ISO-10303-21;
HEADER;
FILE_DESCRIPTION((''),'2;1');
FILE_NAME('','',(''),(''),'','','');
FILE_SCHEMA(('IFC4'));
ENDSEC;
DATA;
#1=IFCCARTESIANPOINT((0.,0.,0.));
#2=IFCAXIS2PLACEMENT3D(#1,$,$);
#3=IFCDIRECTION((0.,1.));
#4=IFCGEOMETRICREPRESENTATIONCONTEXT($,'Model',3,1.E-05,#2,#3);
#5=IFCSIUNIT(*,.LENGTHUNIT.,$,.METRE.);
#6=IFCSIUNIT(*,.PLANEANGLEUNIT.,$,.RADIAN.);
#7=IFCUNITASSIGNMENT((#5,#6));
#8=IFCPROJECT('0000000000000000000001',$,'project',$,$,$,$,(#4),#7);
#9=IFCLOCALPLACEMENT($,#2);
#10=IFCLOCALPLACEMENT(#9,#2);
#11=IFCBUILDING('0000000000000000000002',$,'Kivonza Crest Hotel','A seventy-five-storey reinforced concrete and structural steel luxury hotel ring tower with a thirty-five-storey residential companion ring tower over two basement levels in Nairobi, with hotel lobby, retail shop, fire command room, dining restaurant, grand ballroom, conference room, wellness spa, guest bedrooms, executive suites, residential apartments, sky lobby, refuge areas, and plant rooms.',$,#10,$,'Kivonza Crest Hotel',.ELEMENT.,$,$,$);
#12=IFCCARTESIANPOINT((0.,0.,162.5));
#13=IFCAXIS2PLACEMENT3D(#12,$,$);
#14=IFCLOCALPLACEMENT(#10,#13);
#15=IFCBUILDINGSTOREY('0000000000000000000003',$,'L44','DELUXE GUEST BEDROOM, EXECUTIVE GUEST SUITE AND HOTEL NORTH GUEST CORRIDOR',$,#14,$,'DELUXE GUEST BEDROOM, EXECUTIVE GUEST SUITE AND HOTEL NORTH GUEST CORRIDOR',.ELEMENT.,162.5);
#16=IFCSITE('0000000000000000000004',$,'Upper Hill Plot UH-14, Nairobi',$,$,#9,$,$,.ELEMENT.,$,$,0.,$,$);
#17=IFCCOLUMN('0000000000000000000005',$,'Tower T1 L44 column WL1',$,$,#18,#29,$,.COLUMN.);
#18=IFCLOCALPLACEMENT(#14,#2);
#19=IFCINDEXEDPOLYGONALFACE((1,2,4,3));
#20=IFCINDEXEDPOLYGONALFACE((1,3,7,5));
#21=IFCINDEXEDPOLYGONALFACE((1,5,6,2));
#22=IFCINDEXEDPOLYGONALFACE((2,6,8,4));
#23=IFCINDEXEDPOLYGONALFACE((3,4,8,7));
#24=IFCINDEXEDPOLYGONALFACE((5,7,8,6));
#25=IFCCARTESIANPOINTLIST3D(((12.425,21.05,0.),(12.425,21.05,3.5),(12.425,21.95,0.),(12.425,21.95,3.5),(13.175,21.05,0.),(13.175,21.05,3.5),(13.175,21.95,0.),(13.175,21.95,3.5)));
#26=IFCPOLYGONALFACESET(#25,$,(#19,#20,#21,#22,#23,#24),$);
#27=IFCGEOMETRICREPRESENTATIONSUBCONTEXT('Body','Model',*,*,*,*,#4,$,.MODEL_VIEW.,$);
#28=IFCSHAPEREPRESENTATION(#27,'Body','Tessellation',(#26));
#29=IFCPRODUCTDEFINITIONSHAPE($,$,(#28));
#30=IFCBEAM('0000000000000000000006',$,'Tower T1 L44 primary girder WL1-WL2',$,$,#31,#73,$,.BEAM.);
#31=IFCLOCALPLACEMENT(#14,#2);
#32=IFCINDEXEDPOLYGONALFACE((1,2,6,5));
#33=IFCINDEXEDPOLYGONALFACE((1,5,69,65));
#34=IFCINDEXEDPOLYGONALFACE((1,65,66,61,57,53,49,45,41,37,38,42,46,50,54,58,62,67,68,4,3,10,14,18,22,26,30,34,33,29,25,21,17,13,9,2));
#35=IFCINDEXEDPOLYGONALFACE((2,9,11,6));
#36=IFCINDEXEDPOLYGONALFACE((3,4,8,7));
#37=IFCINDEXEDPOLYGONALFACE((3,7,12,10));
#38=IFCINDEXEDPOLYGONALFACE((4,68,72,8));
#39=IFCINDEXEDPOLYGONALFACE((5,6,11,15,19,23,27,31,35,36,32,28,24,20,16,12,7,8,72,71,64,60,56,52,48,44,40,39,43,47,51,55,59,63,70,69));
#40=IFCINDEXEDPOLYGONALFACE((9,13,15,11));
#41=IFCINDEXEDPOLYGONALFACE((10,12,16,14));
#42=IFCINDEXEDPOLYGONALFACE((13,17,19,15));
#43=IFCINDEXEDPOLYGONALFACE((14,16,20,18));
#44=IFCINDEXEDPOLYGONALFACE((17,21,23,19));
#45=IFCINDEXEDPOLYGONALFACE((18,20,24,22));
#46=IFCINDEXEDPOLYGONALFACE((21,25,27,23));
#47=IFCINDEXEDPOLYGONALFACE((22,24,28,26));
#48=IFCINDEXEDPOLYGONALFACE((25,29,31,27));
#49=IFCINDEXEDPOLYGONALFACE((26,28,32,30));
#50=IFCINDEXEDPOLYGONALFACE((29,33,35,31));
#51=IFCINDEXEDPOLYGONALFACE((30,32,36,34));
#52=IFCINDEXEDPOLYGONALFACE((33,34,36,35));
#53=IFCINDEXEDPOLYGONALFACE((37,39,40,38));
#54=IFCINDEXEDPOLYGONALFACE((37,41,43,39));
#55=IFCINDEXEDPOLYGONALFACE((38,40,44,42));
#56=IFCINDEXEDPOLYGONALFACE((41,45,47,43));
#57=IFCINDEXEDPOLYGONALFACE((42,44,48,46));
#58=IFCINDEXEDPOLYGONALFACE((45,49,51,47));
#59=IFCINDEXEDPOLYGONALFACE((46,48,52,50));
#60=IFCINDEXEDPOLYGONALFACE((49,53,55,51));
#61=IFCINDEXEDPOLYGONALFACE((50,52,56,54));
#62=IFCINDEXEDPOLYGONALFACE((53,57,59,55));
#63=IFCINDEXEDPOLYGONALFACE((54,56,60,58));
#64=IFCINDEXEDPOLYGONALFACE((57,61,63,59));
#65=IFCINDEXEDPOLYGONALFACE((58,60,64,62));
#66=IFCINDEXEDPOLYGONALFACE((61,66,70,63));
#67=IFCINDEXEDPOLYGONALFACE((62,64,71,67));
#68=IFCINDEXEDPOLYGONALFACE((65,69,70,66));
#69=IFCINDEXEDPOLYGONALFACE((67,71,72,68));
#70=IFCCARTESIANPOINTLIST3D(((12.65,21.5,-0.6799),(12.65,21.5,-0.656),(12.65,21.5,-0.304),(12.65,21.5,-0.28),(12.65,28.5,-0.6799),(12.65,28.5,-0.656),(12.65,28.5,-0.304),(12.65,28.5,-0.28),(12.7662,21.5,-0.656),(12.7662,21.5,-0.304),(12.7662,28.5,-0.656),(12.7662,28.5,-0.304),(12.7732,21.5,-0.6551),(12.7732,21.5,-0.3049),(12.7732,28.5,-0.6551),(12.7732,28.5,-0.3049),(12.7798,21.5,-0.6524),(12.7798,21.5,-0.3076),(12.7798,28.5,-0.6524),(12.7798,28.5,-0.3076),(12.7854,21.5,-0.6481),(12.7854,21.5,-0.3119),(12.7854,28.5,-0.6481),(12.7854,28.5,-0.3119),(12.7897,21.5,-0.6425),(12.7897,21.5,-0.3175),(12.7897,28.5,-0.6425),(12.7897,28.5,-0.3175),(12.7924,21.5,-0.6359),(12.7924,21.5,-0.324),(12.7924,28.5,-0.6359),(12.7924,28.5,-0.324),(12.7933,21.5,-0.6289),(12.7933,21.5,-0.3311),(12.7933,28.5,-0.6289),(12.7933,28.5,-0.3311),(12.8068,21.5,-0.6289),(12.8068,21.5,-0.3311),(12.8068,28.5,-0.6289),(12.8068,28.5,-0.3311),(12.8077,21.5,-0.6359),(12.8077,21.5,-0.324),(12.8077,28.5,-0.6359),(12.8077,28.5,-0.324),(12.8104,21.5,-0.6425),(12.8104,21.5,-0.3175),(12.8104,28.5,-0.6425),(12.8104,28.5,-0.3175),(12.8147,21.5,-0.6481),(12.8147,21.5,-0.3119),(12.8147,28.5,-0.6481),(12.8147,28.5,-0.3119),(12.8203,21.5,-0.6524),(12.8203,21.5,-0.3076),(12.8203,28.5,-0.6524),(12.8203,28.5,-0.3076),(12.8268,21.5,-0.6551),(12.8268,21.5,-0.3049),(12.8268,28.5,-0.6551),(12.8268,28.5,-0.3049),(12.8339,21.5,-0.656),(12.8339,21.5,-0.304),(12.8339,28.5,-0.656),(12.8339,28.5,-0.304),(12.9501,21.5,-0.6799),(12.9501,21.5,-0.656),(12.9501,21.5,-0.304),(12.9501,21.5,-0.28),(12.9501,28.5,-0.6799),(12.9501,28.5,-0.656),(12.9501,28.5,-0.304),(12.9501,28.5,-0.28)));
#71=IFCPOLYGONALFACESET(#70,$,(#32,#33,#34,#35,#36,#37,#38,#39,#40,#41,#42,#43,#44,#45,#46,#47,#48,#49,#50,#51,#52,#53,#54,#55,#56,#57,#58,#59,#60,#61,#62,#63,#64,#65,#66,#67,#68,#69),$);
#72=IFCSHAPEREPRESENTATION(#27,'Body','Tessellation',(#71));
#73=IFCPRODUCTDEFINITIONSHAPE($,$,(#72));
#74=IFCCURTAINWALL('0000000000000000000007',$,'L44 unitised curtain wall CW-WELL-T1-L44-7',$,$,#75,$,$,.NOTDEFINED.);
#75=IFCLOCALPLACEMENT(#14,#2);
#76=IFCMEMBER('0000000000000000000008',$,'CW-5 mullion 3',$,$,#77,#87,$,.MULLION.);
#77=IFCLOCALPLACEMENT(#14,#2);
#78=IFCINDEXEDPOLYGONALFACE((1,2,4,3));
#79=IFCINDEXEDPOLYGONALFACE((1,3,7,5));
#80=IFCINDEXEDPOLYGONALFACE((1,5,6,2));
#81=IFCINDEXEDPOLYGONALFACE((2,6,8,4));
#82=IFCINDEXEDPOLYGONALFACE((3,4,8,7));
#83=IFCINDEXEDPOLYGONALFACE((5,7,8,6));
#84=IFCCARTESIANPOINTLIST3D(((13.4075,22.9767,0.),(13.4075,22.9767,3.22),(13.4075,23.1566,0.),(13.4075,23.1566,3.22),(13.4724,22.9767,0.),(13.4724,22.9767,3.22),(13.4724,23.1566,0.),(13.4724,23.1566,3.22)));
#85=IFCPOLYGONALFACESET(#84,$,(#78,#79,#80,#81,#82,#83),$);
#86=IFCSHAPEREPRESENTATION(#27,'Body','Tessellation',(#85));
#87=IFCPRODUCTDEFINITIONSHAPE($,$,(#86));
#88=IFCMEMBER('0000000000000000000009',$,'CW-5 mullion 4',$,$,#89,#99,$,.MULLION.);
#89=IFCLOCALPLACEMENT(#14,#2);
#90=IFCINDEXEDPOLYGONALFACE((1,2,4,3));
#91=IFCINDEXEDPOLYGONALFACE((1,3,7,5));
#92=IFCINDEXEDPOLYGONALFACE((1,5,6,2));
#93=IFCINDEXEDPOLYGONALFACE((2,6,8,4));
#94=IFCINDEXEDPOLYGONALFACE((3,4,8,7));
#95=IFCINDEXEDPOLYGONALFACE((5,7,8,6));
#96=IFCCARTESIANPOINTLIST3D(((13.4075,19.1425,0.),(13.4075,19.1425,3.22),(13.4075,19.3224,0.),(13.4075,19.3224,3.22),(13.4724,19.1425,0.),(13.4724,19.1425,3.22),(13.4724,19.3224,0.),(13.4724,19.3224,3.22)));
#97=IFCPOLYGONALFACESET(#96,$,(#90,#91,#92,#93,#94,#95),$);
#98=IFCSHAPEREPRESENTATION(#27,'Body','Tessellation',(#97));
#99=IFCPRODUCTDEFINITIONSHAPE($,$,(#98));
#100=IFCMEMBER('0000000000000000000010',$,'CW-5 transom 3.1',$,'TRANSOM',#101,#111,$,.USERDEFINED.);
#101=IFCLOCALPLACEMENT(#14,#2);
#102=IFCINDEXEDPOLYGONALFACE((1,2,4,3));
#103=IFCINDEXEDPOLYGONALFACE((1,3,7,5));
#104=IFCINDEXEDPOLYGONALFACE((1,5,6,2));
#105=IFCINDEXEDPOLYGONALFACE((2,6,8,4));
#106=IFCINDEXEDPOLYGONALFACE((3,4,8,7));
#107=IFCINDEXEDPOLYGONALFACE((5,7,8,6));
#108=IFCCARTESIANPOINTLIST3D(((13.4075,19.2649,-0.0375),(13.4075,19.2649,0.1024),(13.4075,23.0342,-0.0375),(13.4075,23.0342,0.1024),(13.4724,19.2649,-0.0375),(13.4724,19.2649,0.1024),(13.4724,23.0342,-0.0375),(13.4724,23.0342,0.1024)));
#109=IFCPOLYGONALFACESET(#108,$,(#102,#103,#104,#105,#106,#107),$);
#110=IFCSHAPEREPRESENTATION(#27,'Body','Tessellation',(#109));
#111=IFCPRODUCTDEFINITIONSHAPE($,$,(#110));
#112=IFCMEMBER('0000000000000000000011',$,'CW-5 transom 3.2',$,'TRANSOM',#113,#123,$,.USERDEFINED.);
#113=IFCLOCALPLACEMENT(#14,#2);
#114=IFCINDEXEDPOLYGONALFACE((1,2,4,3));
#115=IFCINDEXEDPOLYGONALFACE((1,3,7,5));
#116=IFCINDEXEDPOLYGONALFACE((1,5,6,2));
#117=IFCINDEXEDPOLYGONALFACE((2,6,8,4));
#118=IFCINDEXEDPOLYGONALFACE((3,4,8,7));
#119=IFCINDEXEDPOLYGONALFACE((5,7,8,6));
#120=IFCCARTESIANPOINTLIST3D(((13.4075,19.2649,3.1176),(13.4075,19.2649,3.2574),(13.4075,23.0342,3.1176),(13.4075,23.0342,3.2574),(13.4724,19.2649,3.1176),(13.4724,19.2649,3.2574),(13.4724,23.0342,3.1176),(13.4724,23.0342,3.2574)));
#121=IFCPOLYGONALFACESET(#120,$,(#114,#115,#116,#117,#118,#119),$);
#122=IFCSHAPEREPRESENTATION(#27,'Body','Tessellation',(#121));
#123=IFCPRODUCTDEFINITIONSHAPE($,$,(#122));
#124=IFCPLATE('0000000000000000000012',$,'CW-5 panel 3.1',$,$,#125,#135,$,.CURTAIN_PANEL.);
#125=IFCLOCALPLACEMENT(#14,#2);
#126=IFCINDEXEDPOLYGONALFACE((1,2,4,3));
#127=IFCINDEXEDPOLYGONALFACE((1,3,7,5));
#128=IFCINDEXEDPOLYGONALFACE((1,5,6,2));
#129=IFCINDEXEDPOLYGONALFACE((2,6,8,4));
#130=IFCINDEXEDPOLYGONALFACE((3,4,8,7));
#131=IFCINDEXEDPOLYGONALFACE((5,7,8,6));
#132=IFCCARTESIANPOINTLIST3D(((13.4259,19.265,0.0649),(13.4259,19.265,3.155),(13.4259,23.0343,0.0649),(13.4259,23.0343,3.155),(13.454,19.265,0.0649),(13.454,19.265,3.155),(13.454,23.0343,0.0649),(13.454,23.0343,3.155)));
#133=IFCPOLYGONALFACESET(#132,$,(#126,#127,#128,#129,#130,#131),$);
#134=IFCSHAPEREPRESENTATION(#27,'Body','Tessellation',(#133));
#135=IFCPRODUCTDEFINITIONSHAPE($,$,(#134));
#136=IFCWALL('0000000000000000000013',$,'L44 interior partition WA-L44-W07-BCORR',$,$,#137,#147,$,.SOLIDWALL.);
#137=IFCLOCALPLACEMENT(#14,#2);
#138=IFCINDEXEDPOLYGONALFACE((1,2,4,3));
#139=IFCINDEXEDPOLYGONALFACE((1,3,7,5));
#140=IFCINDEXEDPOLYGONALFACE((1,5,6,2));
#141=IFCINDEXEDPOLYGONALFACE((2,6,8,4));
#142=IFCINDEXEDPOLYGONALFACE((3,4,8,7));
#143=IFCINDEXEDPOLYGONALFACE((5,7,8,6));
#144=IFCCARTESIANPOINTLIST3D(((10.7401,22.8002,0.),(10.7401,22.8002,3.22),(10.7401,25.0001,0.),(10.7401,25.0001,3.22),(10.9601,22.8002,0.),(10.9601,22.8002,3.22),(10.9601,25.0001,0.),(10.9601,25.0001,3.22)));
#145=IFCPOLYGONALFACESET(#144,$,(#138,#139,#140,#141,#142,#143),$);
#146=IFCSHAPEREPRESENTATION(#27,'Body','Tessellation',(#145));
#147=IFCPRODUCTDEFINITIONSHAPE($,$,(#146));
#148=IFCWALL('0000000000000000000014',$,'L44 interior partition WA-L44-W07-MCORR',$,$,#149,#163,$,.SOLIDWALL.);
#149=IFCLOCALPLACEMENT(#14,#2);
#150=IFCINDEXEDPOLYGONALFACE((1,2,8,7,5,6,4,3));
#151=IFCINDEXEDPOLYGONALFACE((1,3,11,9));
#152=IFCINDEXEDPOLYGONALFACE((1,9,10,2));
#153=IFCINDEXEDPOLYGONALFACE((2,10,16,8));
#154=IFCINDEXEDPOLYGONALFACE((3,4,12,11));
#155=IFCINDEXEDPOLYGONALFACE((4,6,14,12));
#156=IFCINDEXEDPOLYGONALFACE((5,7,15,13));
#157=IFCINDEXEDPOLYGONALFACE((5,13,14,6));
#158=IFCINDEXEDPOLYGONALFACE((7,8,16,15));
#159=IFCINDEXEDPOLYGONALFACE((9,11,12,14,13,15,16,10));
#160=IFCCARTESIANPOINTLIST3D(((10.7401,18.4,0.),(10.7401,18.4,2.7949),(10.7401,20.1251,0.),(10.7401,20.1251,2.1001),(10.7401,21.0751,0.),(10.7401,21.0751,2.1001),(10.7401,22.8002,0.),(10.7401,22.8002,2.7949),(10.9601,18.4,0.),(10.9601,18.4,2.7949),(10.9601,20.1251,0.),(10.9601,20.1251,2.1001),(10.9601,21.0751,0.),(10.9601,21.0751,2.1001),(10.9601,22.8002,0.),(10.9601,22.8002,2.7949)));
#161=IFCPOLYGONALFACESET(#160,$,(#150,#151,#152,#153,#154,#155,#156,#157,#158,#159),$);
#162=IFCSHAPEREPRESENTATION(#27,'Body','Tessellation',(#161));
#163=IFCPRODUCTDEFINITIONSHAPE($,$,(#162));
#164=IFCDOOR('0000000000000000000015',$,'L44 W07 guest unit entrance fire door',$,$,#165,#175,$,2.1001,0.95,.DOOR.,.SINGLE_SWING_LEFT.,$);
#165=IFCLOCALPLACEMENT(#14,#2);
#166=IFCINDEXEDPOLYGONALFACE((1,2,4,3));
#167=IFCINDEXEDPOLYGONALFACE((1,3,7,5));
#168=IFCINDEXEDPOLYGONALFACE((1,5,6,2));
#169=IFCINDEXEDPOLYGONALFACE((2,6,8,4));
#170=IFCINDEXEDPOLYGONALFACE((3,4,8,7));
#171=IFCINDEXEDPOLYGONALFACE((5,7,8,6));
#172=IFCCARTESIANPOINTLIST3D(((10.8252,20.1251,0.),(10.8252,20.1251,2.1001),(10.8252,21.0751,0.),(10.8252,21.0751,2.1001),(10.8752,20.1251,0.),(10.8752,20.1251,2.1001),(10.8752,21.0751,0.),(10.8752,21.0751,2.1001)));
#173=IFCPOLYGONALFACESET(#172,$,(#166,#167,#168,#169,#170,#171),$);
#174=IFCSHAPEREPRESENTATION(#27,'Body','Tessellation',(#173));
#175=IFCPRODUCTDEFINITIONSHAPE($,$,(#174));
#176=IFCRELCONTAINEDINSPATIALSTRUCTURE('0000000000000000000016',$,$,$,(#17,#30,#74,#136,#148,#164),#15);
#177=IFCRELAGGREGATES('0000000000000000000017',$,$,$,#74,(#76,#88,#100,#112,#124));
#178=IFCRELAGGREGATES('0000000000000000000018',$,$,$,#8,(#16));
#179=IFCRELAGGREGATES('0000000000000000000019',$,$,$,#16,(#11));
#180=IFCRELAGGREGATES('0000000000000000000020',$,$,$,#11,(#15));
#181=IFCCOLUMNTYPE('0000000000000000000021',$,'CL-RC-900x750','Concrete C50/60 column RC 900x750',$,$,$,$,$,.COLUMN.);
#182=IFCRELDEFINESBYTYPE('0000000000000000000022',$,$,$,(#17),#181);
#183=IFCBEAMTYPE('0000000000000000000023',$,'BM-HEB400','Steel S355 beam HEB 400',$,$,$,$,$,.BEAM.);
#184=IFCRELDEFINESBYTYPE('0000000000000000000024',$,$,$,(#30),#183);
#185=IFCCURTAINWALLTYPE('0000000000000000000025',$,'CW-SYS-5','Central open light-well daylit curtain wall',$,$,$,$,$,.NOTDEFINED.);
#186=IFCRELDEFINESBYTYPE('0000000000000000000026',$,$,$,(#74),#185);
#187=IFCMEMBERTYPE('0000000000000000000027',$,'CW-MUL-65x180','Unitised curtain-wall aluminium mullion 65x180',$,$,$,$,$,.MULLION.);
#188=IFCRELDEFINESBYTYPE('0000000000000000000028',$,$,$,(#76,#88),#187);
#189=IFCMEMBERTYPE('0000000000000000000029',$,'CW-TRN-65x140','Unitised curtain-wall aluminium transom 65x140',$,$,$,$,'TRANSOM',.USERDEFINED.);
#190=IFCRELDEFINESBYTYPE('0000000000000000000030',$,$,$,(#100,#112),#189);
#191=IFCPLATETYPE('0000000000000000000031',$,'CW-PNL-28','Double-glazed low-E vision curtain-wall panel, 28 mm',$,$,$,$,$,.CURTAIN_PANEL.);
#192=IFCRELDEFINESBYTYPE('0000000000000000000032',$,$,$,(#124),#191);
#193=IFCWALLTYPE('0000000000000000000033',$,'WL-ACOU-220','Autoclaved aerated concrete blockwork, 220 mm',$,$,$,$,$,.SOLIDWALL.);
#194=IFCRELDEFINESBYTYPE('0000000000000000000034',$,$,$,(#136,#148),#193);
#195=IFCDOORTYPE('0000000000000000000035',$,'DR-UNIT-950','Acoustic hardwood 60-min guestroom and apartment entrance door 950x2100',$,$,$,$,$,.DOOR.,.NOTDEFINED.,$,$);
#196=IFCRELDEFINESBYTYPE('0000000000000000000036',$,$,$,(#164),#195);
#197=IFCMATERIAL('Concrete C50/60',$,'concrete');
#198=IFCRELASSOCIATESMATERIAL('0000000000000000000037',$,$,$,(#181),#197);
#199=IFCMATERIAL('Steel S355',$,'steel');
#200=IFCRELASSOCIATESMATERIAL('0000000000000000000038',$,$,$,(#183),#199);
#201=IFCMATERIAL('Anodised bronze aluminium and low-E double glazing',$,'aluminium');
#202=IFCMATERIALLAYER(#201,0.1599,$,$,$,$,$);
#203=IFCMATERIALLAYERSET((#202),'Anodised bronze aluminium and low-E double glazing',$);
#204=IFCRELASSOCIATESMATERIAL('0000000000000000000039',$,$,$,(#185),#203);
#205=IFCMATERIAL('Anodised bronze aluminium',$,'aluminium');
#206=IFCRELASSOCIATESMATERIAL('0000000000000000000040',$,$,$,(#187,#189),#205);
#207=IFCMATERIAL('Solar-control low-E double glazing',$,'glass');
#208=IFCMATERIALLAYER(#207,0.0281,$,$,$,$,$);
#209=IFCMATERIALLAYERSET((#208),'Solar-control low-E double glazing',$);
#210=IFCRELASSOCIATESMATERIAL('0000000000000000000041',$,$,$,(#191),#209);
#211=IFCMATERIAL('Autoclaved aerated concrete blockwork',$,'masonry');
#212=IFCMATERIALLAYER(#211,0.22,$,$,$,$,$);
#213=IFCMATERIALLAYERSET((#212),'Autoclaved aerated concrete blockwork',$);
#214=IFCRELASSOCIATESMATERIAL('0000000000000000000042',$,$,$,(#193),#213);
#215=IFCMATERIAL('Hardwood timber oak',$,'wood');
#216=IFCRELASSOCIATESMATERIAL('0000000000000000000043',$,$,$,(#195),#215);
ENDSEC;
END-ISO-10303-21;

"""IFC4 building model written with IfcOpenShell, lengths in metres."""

from ifc_helpers import new_model, si_unit, direction, frame, frame_2d, origin, origin_2d, place, context, subcontext, project, spatial, rectangle, i_section, extrude, material, layer, layer_set, material_profile, profile_set, type_object, element, fill, aggregate, save


model = new_model("IFC4")

# Units and contexts
model_context = context("Model", 3, precision=1e-05, world=origin(), true_north=direction((0.0, 1.0)))
body_context = subcontext(model_context, "Body", "Model", "MODEL_VIEW")
ifc_project = project(units=[si_unit("LENGTHUNIT", "METRE"), si_unit("PLANEANGLEUNIT", "RADIAN")], contexts=[model_context])

# Site, building, storey
site_placement = place(None, origin())
site = spatial("IfcSite", under=ifc_project, at=site_placement, Name="Upper Hill Plot UH-14, Nairobi", CompositionType="ELEMENT", RefElevation=0.0)
building_placement = place(site_placement, origin())
building = spatial("IfcBuilding", under=site, at=building_placement, Name="Kivonza Crest Hotel", Description="A seventy-five-storey reinforced concrete and structural steel luxury hotel ring tower with a thirty-five-storey residential companion ring tower over two basement levels in Nairobi, with hotel lobby, retail shop, fire command room, dining restaurant, grand ballroom, conference room, wellness spa, guest bedrooms, executive suites, residential apartments, sky lobby, refuge areas, and plant rooms.", LongName="Kivonza Crest Hotel", CompositionType="ELEMENT")
storey_placement = place(building_placement, frame((0.0, 0.0, 162.5)))
storey = spatial("IfcBuildingStorey", under=building, at=storey_placement, Name="L44", Description="DELUXE GUEST BEDROOM, EXECUTIVE GUEST SUITE AND HOTEL NORTH GUEST CORRIDOR", LongName="DELUXE GUEST BEDROOM, EXECUTIVE GUEST SUITE AND HOTEL NORTH GUEST CORRIDOR", CompositionType="ELEMENT", Elevation=162.5)

# Column
ifc_material_1 = material(Name="Concrete C50/60", Category="concrete")
ifc_material_profile_1 = material_profile(ifc_material_1, rectangle(XDim=0.75, YDim=0.8999, at=origin_2d()), Name="RC 900x750")
ifc_profile_set_1 = profile_set([ifc_material_profile_1], Name="Concrete C50/60")
column_type = type_object("IfcColumnType", Name="CL-RC-900x750", Description="Concrete C50/60 column RC 900x750", PredefinedType="COLUMN", material=ifc_profile_set_1)
column_placement = place(storey_placement, frame((12.8, 21.5, 0.0), z_axis=(0.0, 0.0, 1.0), x_axis=(1.0, 0.0, 0.0)))
element("IfcColumn", 1, at=column_placement, inside=storey, type_object=column_type, Name="Tower T1 L44 column WL1", PredefinedType="COLUMN", context=body_context, shape_type="SweptSolid", body=[
    extrude(rectangle(XDim=0.75, YDim=0.8999, at=origin_2d()), origin(), (0.0, 0.0, 1.0), 3.5),
])

# Beam
ifc_material_2 = material(Name="Steel S355", Category="steel")
ifc_material_profile_2 = material_profile(ifc_material_2, i_section(OverallWidth=0.3, OverallDepth=0.3999, WebThickness=0.0134, FlangeThickness=0.0239, FilletRadius=0.0271, at=origin_2d()), Name="HEB 400")
ifc_profile_set_2 = profile_set([ifc_material_profile_2], Name="Steel S355")
beam_type = type_object("IfcBeamType", Name="BM-HEB400", Description="Steel S355 beam HEB 400", PredefinedType="BEAM", material=ifc_profile_set_2)
beam_placement = place(storey_placement, frame((12.8, 21.5, -0.48), z_axis=(0.0, 1.0, 0.0), x_axis=(-1.0, 0.0, 0.0)))
element("IfcBeam", 2, at=beam_placement, inside=storey, type_object=beam_type, Name="Tower T1 L44 primary girder WL1-WL2", PredefinedType="BEAM", context=body_context, shape_type="SweptSolid", body=[
    extrude(i_section(OverallWidth=0.3, OverallDepth=0.3999, WebThickness=0.0134, FlangeThickness=0.0239, FilletRadius=0.0271, at=origin_2d()), origin(), (0.0, 0.0, 1.0), 7.0),
])

# Curtain wall, members, plate
ifc_material_3 = material(Name="Anodised bronze aluminium and low-E double glazing", Category="aluminium")
ifc_layer_1 = layer(ifc_material_3, 0.1599)
ifc_layer_set_1 = layer_set([ifc_layer_1], Name="Anodised bronze aluminium and low-E double glazing")
curtain_wall_type = type_object("IfcCurtainWallType", Name="CW-SYS-5", Description="Central open light-well daylit curtain wall", PredefinedType="NOTDEFINED", material=ifc_layer_set_1)
curtain_wall_placement = place(storey_placement, origin())
curtain_wall = element("IfcCurtainWall", 3, at=curtain_wall_placement, inside=storey, type_object=curtain_wall_type, Name="L44 unitised curtain wall CW-WELL-T1-L44-7", PredefinedType="NOTDEFINED")
ifc_material_4 = material(Name="Anodised bronze aluminium", Category="aluminium")
ifc_material_profile_3 = material_profile(ifc_material_4, rectangle(XDim=0.0649, YDim=0.1799, at=origin_2d()), Name="CW-M 65x180")
ifc_profile_set_3 = profile_set([ifc_material_profile_3], Name="Anodised bronze aluminium")
member_type_1 = type_object("IfcMemberType", Name="CW-MUL-65x180", Description="Unitised curtain-wall aluminium mullion 65x180", PredefinedType="MULLION", material=ifc_profile_set_3)
member_1_placement = place(storey_placement, frame((13.4399, 23.0667, 0.0), z_axis=(0.0, 0.0, 1.0), x_axis=(1.0, 0.0, 0.0)))
member_1 = element("IfcMember", 4, at=member_1_placement, type_object=member_type_1, Name="CW-5 mullion 3", PredefinedType="MULLION", context=body_context, shape_type="SweptSolid", body=[
    extrude(rectangle(XDim=0.0649, YDim=0.1799, at=origin_2d()), origin(), (0.0, 0.0, 1.0), 3.22),
])
member_2_placement = place(storey_placement, frame((13.4399, 19.2324, 0.0), z_axis=(0.0, 0.0, 1.0), x_axis=(1.0, 0.0, 0.0)))
member_2 = element("IfcMember", 5, at=member_2_placement, type_object=member_type_1, Name="CW-5 mullion 4", PredefinedType="MULLION", context=body_context, shape_type="SweptSolid", body=[
    extrude(rectangle(XDim=0.0649, YDim=0.1799, at=origin_2d()), origin(), (0.0, 0.0, 1.0), 3.22),
])
ifc_material_profile_4 = material_profile(ifc_material_4, rectangle(XDim=0.0649, YDim=0.1399, at=origin_2d()), Name="CW-T 65x140")
ifc_profile_set_4 = profile_set([ifc_material_profile_4], Name="Anodised bronze aluminium")
member_type_2 = type_object("IfcMemberType", Name="CW-TRN-65x140", Description="Unitised curtain-wall aluminium transom 65x140", ElementType="TRANSOM", PredefinedType="USERDEFINED", material=ifc_profile_set_4)
member_3_placement = place(storey_placement, frame((13.4399, 23.0342, 0.0325), z_axis=(0.0, -1.0, 0.0), x_axis=(1.0, 0.0, 0.0)))
member_3 = element("IfcMember", 6, at=member_3_placement, type_object=member_type_2, Name="CW-5 transom 3.1", ObjectType="TRANSOM", PredefinedType="USERDEFINED", context=body_context, shape_type="SweptSolid", body=[
    extrude(rectangle(XDim=0.0649, YDim=0.1399, at=origin_2d()), origin(), (0.0, 0.0, 1.0), 3.7693),
])
member_4_placement = place(storey_placement, frame((13.4399, 23.0342, 3.1875), z_axis=(0.0, -1.0, 0.0), x_axis=(1.0, 0.0, 0.0)))
member_4 = element("IfcMember", 7, at=member_4_placement, type_object=member_type_2, Name="CW-5 transom 3.2", ObjectType="TRANSOM", PredefinedType="USERDEFINED", context=body_context, shape_type="SweptSolid", body=[
    extrude(rectangle(XDim=0.0649, YDim=0.1399, at=origin_2d()), origin(), (0.0, 0.0, 1.0), 3.7693),
])
ifc_material_5 = material(Name="Solar-control low-E double glazing", Category="glass")
ifc_layer_2 = layer(ifc_material_5, 0.0281)
ifc_layer_set_2 = layer_set([ifc_layer_2], Name="Solar-control low-E double glazing")
plate_type = type_object("IfcPlateType", Name="CW-PNL-28", Description="Double-glazed low-E vision curtain-wall panel, 28 mm", PredefinedType="CURTAIN_PANEL", material=ifc_layer_set_2)
plate_placement = place(storey_placement, frame((13.4399, 21.1497, 0.0649), z_axis=(0.0, 0.0, 1.0), x_axis=(0.0, -1.0, 0.0)))
plate = element("IfcPlate", 8, at=plate_placement, type_object=plate_type, Name="CW-5 panel 3.1", PredefinedType="CURTAIN_PANEL", context=body_context, shape_type="SweptSolid", body=[
    extrude(rectangle(XDim=3.7693, YDim=0.0281, at=origin_2d()), origin(), (0.0, 0.0, 1.0), 3.0901),
])
aggregate(curtain_wall, [member_1, member_2, member_3, member_4, plate])

# Wall
ifc_material_6 = material(Name="Autoclaved aerated concrete blockwork", Category="masonry")
ifc_layer_3 = layer(ifc_material_6, 0.22)
ifc_layer_set_3 = layer_set([ifc_layer_3], Name="Autoclaved aerated concrete blockwork")
wall_type_1 = type_object("IfcWallType", Name="WL-ACOU-220", Description="Autoclaved aerated concrete blockwork, 220 mm", PredefinedType="SOLIDWALL", material=ifc_layer_set_3)
wall_1_placement = place(storey_placement, frame((10.8501, 22.8, 0.0), z_axis=(0.0, 0.0, 1.0), x_axis=(0.0, 1.0, 0.0)))
element("IfcWall", 9, at=wall_1_placement, inside=storey, type_object=wall_type_1, Name="L44 interior partition WA-L44-W07-BCORR", PredefinedType="SOLIDWALL", context=body_context, shape_type="SweptSolid", body=[
    extrude(rectangle(XDim=2.2, YDim=0.22, at=frame_2d((1.1001, 0.0))), origin(), (0.0, 0.0, 1.0), 3.22),
])

# Wall, opening, door
wall_2_placement = place(storey_placement, frame((10.8501, 18.3999, 0.0), z_axis=(0.0, 0.0, 1.0), x_axis=(0.0, 1.0, 0.0)))
wall_2 = element("IfcWall", 10, at=wall_2_placement, inside=storey, type_object=wall_type_1, Name="L44 interior partition WA-L44-W07-MCORR", PredefinedType="SOLIDWALL", context=body_context, shape_type="SweptSolid", body=[
    extrude(rectangle(XDim=4.4001, YDim=0.22, at=frame_2d((2.2002, 0.0))), origin(), (0.0, 0.0, 1.0), 2.7949),
])
opening_1_placement = place(wall_2_placement, frame((1.7251, 0.0, 0.0)))
opening_1 = element("IfcOpeningElement", 11, at=opening_1_placement, cuts=wall_2, PredefinedType="OPENING", context=body_context, shape_type="SweptSolid", body=[
    extrude(rectangle(XDim=0.95, YDim=2.1001, at=frame_2d((0.4751, 1.05))), frame((0.0, 0.1201, 0.0), z_axis=(0.0, -1.0, 0.0), x_axis=(1.0, 0.0, 0.0)), (0.0, 0.0, 1.0), 0.24),
])
ifc_material_7 = material(Name="Hardwood timber oak", Category="wood")
door_type_1 = type_object("IfcDoorType", Name="DR-UNIT-950", Description="Acoustic hardwood 60-min guestroom and apartment entrance door 950x2100", OperationType="NOTDEFINED", PredefinedType="DOOR", material=ifc_material_7)
door_1_placement = place(opening_1_placement, origin())
door_1 = element("IfcDoor", 12, at=door_1_placement, inside=storey, type_object=door_type_1, Name="L44 W07 guest unit entrance fire door", OperationType="SINGLE_SWING_LEFT", OverallHeight=2.1001, OverallWidth=0.95, PredefinedType="DOOR", context=body_context, shape_type="SweptSolid", body=[
    extrude(rectangle(XDim=0.95, YDim=2.1001, at=frame_2d((0.4751, 1.05))), frame((0.0, 0.0249, 0.0), z_axis=(0.0, -1.0, 0.0), x_axis=(1.0, 0.0, 0.0)), (0.0, 0.0, 1.0), 0.05),
])
fill(opening_1, door_1)

save(model, "model.ifc")
